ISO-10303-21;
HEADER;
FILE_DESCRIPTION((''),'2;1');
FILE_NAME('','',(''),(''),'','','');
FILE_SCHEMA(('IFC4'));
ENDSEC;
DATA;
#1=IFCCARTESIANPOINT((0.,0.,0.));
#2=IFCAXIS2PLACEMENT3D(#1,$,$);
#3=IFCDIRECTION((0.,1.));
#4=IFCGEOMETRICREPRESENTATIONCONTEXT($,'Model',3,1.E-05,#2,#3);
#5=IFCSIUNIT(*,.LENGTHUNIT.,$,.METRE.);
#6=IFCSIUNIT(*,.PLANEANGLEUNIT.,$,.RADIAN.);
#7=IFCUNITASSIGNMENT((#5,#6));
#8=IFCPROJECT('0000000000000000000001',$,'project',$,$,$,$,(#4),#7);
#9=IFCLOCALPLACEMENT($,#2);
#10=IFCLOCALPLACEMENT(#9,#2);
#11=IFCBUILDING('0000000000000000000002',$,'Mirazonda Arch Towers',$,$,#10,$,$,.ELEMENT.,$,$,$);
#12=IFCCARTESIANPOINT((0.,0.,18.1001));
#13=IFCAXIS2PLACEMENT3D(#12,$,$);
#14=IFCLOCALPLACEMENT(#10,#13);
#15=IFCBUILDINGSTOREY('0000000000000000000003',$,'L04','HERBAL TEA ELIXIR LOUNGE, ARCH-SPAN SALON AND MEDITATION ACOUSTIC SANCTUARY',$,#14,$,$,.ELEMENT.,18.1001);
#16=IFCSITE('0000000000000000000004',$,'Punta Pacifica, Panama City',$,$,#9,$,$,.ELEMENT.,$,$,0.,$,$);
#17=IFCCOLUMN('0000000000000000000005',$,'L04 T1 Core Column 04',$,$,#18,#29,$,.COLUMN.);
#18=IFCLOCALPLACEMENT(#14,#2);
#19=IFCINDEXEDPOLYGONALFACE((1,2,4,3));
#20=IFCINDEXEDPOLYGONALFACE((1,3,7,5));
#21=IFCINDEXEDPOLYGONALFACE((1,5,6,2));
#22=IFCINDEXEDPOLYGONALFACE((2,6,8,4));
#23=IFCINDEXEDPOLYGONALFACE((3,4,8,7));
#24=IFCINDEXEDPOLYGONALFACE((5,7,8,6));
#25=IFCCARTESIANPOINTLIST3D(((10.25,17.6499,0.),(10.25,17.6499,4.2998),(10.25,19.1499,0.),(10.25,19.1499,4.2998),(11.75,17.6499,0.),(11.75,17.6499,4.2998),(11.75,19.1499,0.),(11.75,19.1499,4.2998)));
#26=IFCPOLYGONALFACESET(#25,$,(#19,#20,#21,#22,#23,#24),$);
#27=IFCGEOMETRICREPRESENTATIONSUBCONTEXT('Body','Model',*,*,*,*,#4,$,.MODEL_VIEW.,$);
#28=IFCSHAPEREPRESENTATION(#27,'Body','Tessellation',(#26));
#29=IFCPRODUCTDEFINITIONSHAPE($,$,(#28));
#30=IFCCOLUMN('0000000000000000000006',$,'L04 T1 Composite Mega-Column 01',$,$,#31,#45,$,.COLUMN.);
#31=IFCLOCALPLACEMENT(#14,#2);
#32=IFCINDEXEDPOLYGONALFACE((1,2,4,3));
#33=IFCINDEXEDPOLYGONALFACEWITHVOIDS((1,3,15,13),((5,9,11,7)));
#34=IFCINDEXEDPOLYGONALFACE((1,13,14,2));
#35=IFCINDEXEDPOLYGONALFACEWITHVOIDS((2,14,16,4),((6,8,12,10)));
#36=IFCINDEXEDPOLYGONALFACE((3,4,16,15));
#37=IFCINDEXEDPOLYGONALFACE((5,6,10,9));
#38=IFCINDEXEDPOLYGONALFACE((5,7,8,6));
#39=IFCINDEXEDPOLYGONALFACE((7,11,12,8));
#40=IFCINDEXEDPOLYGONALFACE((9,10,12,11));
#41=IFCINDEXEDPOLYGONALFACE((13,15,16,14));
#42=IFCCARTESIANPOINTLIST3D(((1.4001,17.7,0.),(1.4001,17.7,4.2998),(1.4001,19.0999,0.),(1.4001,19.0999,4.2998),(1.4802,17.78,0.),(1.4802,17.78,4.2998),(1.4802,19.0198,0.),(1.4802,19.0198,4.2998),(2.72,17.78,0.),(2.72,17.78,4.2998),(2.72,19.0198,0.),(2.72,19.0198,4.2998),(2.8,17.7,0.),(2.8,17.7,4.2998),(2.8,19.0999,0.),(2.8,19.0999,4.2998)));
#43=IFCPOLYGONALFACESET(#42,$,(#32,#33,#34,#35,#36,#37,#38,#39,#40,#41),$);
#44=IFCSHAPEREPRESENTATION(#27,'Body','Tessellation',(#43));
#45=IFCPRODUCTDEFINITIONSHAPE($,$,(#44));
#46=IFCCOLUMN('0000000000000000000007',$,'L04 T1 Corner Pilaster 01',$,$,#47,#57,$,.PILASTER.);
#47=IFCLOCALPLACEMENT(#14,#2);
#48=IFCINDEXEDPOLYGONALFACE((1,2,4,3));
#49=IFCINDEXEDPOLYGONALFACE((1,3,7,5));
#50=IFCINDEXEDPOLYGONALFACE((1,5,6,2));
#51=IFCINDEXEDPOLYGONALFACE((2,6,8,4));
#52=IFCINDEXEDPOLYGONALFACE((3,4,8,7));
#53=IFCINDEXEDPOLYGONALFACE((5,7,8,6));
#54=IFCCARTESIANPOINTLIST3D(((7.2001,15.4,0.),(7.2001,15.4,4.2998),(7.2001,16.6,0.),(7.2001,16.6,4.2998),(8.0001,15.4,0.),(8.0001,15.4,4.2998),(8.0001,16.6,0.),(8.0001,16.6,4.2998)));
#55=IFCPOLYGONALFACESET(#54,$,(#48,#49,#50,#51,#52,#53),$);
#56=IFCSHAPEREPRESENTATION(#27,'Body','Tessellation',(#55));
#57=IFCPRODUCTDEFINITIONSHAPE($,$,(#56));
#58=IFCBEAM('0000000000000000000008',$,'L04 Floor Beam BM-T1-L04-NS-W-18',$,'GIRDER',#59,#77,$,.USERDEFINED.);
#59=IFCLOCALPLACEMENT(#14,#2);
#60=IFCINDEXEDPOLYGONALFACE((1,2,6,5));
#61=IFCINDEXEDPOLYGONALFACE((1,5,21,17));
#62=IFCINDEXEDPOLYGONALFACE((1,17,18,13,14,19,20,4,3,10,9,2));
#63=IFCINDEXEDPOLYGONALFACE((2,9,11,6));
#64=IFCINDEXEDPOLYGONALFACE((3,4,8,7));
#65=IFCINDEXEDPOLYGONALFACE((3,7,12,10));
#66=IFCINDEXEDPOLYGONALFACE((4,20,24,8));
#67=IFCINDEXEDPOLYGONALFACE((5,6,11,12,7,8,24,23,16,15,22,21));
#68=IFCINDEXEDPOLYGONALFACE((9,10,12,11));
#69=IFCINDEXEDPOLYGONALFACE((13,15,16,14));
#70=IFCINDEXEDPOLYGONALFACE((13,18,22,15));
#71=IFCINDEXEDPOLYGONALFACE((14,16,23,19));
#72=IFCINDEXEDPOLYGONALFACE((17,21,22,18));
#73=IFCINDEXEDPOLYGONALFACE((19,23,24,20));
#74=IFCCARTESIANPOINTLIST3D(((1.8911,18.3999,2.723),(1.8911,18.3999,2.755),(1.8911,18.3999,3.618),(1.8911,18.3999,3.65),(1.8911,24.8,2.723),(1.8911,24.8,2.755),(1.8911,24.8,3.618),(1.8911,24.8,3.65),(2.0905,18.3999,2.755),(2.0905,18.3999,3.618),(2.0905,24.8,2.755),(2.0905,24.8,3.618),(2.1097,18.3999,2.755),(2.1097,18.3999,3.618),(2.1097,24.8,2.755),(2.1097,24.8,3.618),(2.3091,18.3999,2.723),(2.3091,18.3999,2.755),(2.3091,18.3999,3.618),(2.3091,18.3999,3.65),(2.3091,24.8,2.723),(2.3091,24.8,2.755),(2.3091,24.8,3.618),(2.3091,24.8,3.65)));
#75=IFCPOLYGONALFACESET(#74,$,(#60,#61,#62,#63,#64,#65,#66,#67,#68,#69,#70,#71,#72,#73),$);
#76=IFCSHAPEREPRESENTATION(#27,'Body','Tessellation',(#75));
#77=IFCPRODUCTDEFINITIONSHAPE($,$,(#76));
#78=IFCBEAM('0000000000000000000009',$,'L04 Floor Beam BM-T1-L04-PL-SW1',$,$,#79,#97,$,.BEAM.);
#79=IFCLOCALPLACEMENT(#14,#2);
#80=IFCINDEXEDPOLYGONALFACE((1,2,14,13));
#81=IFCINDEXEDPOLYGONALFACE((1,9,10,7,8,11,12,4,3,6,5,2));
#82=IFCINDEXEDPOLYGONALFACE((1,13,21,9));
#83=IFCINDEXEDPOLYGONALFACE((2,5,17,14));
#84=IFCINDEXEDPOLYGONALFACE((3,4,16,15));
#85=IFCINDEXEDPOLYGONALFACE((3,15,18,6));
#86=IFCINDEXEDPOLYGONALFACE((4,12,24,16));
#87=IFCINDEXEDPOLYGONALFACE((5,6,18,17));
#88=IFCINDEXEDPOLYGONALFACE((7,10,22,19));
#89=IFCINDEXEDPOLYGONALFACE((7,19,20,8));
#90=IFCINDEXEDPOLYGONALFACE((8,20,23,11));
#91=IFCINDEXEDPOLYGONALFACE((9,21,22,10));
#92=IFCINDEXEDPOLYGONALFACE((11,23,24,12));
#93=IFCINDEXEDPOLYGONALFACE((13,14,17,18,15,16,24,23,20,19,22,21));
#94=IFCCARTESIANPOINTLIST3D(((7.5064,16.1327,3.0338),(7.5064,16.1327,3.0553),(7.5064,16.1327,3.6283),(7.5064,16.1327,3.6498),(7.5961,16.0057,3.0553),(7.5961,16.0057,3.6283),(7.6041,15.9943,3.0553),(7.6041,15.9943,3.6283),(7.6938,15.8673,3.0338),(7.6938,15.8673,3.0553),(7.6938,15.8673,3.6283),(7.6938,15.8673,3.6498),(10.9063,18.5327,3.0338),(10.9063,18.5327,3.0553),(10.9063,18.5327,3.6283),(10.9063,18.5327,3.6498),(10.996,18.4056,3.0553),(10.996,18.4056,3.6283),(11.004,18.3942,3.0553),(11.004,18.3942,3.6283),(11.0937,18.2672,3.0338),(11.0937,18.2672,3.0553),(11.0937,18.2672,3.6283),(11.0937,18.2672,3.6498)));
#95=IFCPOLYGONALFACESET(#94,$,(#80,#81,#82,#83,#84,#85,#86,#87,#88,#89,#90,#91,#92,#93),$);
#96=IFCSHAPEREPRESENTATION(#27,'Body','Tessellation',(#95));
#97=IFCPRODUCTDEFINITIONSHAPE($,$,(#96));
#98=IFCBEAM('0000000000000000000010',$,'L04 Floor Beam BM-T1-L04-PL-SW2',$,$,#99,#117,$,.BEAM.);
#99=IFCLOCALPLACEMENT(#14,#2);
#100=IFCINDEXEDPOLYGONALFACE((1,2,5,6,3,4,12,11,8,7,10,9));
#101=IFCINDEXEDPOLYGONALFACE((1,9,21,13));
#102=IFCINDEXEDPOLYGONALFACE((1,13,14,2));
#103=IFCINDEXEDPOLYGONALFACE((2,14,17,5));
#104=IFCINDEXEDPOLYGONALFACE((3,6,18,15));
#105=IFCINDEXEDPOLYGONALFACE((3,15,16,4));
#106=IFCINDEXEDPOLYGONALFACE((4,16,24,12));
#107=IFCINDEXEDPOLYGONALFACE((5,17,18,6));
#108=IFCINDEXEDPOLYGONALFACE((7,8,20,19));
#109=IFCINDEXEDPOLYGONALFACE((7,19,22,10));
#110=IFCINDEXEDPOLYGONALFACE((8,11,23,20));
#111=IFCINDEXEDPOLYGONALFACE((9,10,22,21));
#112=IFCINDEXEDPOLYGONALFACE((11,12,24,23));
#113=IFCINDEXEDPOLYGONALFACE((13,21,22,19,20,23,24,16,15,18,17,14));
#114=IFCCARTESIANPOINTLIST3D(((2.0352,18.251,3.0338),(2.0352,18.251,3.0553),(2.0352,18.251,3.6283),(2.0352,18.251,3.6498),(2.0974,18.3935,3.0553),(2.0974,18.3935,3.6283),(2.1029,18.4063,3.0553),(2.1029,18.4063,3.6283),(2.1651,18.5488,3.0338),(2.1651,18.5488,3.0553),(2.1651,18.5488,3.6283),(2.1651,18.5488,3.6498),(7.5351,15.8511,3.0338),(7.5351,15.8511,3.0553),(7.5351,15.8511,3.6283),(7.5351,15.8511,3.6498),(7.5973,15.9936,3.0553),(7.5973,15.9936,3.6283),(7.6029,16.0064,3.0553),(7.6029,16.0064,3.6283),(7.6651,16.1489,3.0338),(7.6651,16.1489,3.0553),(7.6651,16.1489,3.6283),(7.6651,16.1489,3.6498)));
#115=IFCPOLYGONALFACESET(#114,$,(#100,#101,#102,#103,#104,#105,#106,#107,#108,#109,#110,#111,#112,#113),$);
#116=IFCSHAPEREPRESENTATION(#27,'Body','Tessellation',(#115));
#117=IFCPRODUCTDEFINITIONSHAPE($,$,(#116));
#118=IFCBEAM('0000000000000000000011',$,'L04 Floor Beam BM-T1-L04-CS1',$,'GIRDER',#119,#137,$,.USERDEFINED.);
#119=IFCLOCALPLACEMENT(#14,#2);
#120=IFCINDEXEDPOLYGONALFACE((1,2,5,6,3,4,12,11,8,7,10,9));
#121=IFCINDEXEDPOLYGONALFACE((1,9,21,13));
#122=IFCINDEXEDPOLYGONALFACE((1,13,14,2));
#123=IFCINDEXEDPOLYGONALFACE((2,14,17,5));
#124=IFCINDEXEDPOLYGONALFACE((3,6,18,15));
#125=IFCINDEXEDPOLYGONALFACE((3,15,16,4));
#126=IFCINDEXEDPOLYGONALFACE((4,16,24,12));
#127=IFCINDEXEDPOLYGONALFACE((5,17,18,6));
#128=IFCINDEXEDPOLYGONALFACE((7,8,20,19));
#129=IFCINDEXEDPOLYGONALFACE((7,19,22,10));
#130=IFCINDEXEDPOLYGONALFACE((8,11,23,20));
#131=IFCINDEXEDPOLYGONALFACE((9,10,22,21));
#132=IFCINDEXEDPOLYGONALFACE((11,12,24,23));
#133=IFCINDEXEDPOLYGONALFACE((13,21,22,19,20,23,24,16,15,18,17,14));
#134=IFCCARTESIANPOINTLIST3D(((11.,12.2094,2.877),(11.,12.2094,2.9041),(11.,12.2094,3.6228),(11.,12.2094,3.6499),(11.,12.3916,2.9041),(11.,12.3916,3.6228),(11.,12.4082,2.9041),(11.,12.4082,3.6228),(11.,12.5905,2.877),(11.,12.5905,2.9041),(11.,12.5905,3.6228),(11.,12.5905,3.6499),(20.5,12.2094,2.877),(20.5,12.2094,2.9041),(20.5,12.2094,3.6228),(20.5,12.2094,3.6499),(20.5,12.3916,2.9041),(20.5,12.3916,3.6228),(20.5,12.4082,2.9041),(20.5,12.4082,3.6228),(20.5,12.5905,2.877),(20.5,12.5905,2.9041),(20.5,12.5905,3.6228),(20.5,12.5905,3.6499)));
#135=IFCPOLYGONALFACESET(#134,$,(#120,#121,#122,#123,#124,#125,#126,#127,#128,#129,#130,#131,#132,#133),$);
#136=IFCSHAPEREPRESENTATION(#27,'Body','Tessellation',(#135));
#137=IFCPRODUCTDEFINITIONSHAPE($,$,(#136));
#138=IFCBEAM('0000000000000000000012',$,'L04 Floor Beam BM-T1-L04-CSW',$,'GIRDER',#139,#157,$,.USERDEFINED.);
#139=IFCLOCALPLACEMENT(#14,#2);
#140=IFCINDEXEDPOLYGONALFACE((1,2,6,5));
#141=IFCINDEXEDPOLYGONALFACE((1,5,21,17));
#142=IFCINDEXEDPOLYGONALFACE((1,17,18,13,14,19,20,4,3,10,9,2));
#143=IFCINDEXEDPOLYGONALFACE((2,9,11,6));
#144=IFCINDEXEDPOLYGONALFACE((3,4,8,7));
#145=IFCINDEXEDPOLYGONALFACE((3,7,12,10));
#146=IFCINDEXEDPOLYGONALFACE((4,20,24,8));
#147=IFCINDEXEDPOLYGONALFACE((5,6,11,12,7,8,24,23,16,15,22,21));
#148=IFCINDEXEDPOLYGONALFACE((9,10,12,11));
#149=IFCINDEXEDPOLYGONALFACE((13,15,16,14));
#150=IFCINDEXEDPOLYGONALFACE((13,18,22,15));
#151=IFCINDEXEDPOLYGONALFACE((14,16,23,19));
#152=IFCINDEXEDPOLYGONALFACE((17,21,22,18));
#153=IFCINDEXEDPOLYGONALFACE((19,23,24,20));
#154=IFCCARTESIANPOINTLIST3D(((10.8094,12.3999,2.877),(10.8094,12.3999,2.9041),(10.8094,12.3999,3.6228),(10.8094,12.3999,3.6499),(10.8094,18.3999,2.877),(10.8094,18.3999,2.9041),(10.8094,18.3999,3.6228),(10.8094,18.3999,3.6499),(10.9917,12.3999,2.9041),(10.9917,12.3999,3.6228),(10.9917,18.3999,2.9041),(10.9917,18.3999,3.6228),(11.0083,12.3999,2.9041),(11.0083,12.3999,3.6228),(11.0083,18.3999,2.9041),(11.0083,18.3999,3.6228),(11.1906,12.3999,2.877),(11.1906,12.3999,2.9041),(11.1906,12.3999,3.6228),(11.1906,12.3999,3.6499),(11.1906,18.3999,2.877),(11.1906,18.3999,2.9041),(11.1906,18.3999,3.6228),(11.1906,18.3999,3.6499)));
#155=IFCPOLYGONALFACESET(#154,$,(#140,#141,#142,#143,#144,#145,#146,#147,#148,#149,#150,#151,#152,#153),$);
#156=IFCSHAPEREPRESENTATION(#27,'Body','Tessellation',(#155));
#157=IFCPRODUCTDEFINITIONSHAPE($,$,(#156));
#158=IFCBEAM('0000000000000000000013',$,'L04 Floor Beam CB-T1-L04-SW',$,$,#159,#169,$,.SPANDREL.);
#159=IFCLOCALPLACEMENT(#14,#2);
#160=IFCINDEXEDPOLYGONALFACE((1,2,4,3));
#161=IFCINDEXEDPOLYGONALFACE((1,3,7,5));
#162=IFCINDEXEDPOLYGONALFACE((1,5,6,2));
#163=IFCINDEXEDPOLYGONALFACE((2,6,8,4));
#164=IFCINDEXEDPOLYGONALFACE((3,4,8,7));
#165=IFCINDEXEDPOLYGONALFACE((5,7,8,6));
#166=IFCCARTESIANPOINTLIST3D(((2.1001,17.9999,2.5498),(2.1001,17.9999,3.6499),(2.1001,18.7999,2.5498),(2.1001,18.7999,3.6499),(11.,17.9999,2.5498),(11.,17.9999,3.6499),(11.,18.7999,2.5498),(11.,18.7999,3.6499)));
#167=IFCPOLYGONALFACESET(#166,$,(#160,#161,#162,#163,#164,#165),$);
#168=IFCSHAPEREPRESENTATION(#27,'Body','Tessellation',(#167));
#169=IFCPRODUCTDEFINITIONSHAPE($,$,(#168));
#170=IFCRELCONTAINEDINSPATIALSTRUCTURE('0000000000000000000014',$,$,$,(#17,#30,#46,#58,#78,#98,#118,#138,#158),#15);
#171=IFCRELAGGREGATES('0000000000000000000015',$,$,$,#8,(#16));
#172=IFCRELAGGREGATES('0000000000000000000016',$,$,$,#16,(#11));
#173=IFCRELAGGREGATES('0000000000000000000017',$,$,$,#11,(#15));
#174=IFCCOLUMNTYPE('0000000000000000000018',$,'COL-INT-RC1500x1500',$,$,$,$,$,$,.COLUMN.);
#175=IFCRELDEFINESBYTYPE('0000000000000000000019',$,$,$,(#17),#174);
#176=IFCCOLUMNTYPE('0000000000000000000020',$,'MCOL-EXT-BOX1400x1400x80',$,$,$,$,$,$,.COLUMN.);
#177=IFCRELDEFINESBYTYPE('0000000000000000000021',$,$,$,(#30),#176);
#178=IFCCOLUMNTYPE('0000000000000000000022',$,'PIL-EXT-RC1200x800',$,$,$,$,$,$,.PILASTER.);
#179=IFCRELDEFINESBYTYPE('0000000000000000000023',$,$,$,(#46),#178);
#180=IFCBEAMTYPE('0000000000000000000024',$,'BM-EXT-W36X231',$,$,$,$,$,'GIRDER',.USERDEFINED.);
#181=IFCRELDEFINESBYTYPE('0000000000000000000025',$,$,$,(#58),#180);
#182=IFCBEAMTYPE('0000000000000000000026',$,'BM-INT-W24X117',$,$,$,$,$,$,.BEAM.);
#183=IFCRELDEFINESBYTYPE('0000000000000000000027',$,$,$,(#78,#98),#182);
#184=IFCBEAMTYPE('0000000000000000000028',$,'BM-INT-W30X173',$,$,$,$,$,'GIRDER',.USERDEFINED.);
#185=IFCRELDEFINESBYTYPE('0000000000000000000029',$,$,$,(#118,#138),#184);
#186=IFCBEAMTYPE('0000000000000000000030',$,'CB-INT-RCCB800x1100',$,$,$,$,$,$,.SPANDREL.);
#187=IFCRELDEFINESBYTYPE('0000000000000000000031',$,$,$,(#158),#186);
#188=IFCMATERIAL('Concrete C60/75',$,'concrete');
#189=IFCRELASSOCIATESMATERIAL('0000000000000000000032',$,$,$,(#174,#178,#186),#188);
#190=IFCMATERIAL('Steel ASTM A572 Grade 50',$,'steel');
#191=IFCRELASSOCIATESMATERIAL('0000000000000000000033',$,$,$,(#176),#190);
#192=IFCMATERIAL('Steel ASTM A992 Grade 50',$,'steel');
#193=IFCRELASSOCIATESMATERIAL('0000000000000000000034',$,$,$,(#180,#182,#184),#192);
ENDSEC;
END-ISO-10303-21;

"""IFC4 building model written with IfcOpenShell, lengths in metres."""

from ifc_helpers import new_model, si_unit, direction, frame, origin, origin_2d, place, context, subcontext, project, spatial, rectangle, hollow_rectangle, i_section, extrude, material, material_profile, profile_set, type_object, element, save


model = new_model("IFC4")

# Units and contexts
model_context = context("Model", 3, precision=1e-05, world=origin(), true_north=direction((0.0, 1.0)))
body_context = subcontext(model_context, "Body", "Model", "MODEL_VIEW")
ifc_project = project(units=[si_unit("LENGTHUNIT", "METRE"), si_unit("PLANEANGLEUNIT", "RADIAN")], contexts=[model_context])

# Site, building, storey
site_placement = place(None, origin())
site = spatial("IfcSite", under=ifc_project, at=site_placement, Name="Punta Pacifica, Panama City", CompositionType="ELEMENT", RefElevation=0.0)
building_placement = place(site_placement, origin())
building = spatial("IfcBuilding", under=site, at=building_placement, Name="Mirazonda Arch Towers", CompositionType="ELEMENT")
storey_placement = place(building_placement, frame((0.0, 0.0, 18.1001)))
storey = spatial("IfcBuildingStorey", under=building, at=storey_placement, Name="L04", Description="HERBAL TEA ELIXIR LOUNGE, ARCH-SPAN SALON AND MEDITATION ACOUSTIC SANCTUARY", CompositionType="ELEMENT", Elevation=18.1001)

# Columns
ifc_material_1 = material(Name="Concrete C60/75", Category="concrete")
ifc_material_profile_1 = material_profile(ifc_material_1, rectangle(XDim=1.5, YDim=1.5, at=origin_2d()), Name="RC1500x1500")
ifc_profile_set_1 = profile_set([ifc_material_profile_1], Name="Concrete C60/75")
column_type_1 = type_object("IfcColumnType", Name="COL-INT-RC1500x1500", PredefinedType="COLUMN", material=ifc_profile_set_1)
column_1_placement = place(storey_placement, frame((11.0, 18.3999, 0.0), z_axis=(0.0, 0.0, 1.0), x_axis=(1.0, 0.0, 0.0)))
element("IfcColumn", 1, at=column_1_placement, inside=storey, type_object=column_type_1, Name="L04 T1 Core Column 04", PredefinedType="COLUMN", context=body_context, shape_type="SweptSolid", body=[
    extrude(rectangle(XDim=1.5, YDim=1.5, at=origin_2d()), origin(), (0.0, 0.0, 1.0), 4.2998),
])
ifc_material_2 = material(Name="Steel ASTM A572 Grade 50", Category="steel")
ifc_material_profile_2 = material_profile(ifc_material_2, hollow_rectangle(XDim=1.3999, YDim=1.3999, WallThickness=0.0801, at=origin_2d()), Name="BOX1400x1400x80")
ifc_profile_set_2 = profile_set([ifc_material_profile_2], Name="Steel ASTM A572 Grade 50")
column_type_2 = type_object("IfcColumnType", Name="MCOL-EXT-BOX1400x1400x80", PredefinedType="COLUMN", material=ifc_profile_set_2)
column_2_placement = place(storey_placement, frame((2.1001, 18.3999, 0.0), z_axis=(0.0, 0.0, 1.0), x_axis=(1.0, 0.0, 0.0)))
element("IfcColumn", 2, at=column_2_placement, inside=storey, type_object=column_type_2, Name="L04 T1 Composite Mega-Column 01", PredefinedType="COLUMN", context=body_context, shape_type="SweptSolid", body=[
    extrude(hollow_rectangle(XDim=1.3999, YDim=1.3999, WallThickness=0.0801, at=origin_2d()), origin(), (0.0, 0.0, 1.0), 4.2998),
])
ifc_material_profile_3 = material_profile(ifc_material_1, rectangle(XDim=0.8, YDim=1.2, at=origin_2d()), Name="RC1200x800")
ifc_profile_set_3 = profile_set([ifc_material_profile_3], Name="Concrete C60/75")
column_type_3 = type_object("IfcColumnType", Name="PIL-EXT-RC1200x800", PredefinedType="PILASTER", material=ifc_profile_set_3)
column_3_placement = place(storey_placement, frame((7.6001, 16.0, 0.0), z_axis=(0.0, 0.0, 1.0), x_axis=(1.0, 0.0, 0.0)))
element("IfcColumn", 3, at=column_3_placement, inside=storey, type_object=column_type_3, Name="L04 T1 Corner Pilaster 01", PredefinedType="PILASTER", context=body_context, shape_type="SweptSolid", body=[
    extrude(rectangle(XDim=0.8, YDim=1.2, at=origin_2d()), origin(), (0.0, 0.0, 1.0), 4.2998),
])

# Beams
ifc_material_3 = material(Name="Steel ASTM A992 Grade 50", Category="steel")
ifc_material_profile_4 = material_profile(ifc_material_3, i_section(OverallWidth=0.418, OverallDepth=0.927, WebThickness=0.0193, FlangeThickness=0.032, at=origin_2d()), Name="W36X231")
ifc_profile_set_4 = profile_set([ifc_material_profile_4], Name="Steel ASTM A992 Grade 50")
beam_type_1 = type_object("IfcBeamType", Name="BM-EXT-W36X231", ElementType="GIRDER", PredefinedType="USERDEFINED", material=ifc_profile_set_4)
beam_1_placement = place(storey_placement, frame((2.1001, 18.3999, 3.1865), z_axis=(0.0, 1.0, 0.0), x_axis=(-1.0, 0.0, 0.0)))
element("IfcBeam", 4, at=beam_1_placement, inside=storey, type_object=beam_type_1, Name="L04 Floor Beam BM-T1-L04-NS-W-18", ObjectType="GIRDER", PredefinedType="USERDEFINED", context=body_context, shape_type="SweptSolid", body=[
    extrude(i_section(OverallWidth=0.418, OverallDepth=0.927, WebThickness=0.0193, FlangeThickness=0.032, at=origin_2d()), origin(), (0.0, 0.0, 1.0), 6.4001),
])
ifc_material_profile_5 = material_profile(ifc_material_3, i_section(OverallWidth=0.325, OverallDepth=0.616, WebThickness=0.0139, FlangeThickness=0.0215, at=origin_2d()), Name="W24X117")
ifc_profile_set_5 = profile_set([ifc_material_profile_5], Name="Steel ASTM A992 Grade 50")
beam_type_2 = type_object("IfcBeamType", Name="BM-INT-W24X117", PredefinedType="BEAM", material=ifc_profile_set_5)
beam_2_placement = place(storey_placement, frame((7.6001, 16.0, 3.3418), z_axis=(0.816971, 0.576679, 0.0), x_axis=(-0.576679, 0.816971, 0.0)))
element("IfcBeam", 5, at=beam_2_placement, inside=storey, type_object=beam_type_2, Name="L04 Floor Beam BM-T1-L04-PL-SW1", PredefinedType="BEAM", context=body_context, shape_type="SweptSolid", body=[
    extrude(i_section(OverallWidth=0.325, OverallDepth=0.616, WebThickness=0.0139, FlangeThickness=0.0215, at=origin_2d()), origin(), (0.0, 0.0, 1.0), 4.1616),
])
beam_3_placement = place(storey_placement, frame((7.6001, 16.0, 3.3418), z_axis=(-0.916545, 0.399931, 0.0), x_axis=(-0.399931, -0.916545, 0.0)))
element("IfcBeam", 6, at=beam_3_placement, inside=storey, type_object=beam_type_2, Name="L04 Floor Beam BM-T1-L04-PL-SW2", PredefinedType="BEAM", context=body_context, shape_type="SweptSolid", body=[
    extrude(i_section(OverallWidth=0.325, OverallDepth=0.616, WebThickness=0.0139, FlangeThickness=0.0215, at=origin_2d()), origin(), (0.0, 0.0, 1.0), 6.0007),
])
ifc_material_profile_6 = material_profile(ifc_material_3, i_section(OverallWidth=0.3811, OverallDepth=0.7729, WebThickness=0.0166, FlangeThickness=0.0271, at=origin_2d()), Name="W30X173")
ifc_profile_set_6 = profile_set([ifc_material_profile_6], Name="Steel ASTM A992 Grade 50")
beam_type_3 = type_object("IfcBeamType", Name="BM-INT-W30X173", ElementType="GIRDER", PredefinedType="USERDEFINED", material=ifc_profile_set_6)
beam_4_placement = place(storey_placement, frame((11.0, 12.3999, 3.2634), z_axis=(1.0, 0.0, 0.0), x_axis=(0.0, 1.0, 0.0)))
element("IfcBeam", 7, at=beam_4_placement, inside=storey, type_object=beam_type_3, Name="L04 Floor Beam BM-T1-L04-CS1", ObjectType="GIRDER", PredefinedType="USERDEFINED", context=body_context, shape_type="SweptSolid", body=[
    extrude(i_section(OverallWidth=0.3811, OverallDepth=0.7729, WebThickness=0.0166, FlangeThickness=0.0271, at=origin_2d()), origin(), (0.0, 0.0, 1.0), 9.5),
])
beam_5_placement = place(storey_placement, frame((11.0, 12.3999, 3.2634), z_axis=(0.0, 1.0, 0.0), x_axis=(-1.0, 0.0, 0.0)))
element("IfcBeam", 8, at=beam_5_placement, inside=storey, type_object=beam_type_3, Name="L04 Floor Beam BM-T1-L04-CSW", ObjectType="GIRDER", PredefinedType="USERDEFINED", context=body_context, shape_type="SweptSolid", body=[
    extrude(i_section(OverallWidth=0.3811, OverallDepth=0.7729, WebThickness=0.0166, FlangeThickness=0.0271, at=origin_2d()), origin(), (0.0, 0.0, 1.0), 6.0),
])
ifc_material_profile_7 = material_profile(ifc_material_1, rectangle(XDim=0.8, YDim=1.1001, at=origin_2d()), Name="RCCB800x1100")
ifc_profile_set_7 = profile_set([ifc_material_profile_7], Name="Concrete C60/75")
beam_type_4 = type_object("IfcBeamType", Name="CB-INT-RCCB800x1100", PredefinedType="SPANDREL", material=ifc_profile_set_7)
beam_6_placement = place(storey_placement, frame((2.1001, 18.3999, 3.0999), z_axis=(1.0, 0.0, 0.0), x_axis=(0.0, 1.0, 0.0)))
element("IfcBeam", 9, at=beam_6_placement, inside=storey, type_object=beam_type_4, Name="L04 Floor Beam CB-T1-L04-SW", PredefinedType="SPANDREL", context=body_context, shape_type="SweptSolid", body=[
    extrude(rectangle(XDim=0.8, YDim=1.1001, at=origin_2d()), origin(), (0.0, 0.0, 1.0), 8.8999),
])

save(model, "model.ifc")
